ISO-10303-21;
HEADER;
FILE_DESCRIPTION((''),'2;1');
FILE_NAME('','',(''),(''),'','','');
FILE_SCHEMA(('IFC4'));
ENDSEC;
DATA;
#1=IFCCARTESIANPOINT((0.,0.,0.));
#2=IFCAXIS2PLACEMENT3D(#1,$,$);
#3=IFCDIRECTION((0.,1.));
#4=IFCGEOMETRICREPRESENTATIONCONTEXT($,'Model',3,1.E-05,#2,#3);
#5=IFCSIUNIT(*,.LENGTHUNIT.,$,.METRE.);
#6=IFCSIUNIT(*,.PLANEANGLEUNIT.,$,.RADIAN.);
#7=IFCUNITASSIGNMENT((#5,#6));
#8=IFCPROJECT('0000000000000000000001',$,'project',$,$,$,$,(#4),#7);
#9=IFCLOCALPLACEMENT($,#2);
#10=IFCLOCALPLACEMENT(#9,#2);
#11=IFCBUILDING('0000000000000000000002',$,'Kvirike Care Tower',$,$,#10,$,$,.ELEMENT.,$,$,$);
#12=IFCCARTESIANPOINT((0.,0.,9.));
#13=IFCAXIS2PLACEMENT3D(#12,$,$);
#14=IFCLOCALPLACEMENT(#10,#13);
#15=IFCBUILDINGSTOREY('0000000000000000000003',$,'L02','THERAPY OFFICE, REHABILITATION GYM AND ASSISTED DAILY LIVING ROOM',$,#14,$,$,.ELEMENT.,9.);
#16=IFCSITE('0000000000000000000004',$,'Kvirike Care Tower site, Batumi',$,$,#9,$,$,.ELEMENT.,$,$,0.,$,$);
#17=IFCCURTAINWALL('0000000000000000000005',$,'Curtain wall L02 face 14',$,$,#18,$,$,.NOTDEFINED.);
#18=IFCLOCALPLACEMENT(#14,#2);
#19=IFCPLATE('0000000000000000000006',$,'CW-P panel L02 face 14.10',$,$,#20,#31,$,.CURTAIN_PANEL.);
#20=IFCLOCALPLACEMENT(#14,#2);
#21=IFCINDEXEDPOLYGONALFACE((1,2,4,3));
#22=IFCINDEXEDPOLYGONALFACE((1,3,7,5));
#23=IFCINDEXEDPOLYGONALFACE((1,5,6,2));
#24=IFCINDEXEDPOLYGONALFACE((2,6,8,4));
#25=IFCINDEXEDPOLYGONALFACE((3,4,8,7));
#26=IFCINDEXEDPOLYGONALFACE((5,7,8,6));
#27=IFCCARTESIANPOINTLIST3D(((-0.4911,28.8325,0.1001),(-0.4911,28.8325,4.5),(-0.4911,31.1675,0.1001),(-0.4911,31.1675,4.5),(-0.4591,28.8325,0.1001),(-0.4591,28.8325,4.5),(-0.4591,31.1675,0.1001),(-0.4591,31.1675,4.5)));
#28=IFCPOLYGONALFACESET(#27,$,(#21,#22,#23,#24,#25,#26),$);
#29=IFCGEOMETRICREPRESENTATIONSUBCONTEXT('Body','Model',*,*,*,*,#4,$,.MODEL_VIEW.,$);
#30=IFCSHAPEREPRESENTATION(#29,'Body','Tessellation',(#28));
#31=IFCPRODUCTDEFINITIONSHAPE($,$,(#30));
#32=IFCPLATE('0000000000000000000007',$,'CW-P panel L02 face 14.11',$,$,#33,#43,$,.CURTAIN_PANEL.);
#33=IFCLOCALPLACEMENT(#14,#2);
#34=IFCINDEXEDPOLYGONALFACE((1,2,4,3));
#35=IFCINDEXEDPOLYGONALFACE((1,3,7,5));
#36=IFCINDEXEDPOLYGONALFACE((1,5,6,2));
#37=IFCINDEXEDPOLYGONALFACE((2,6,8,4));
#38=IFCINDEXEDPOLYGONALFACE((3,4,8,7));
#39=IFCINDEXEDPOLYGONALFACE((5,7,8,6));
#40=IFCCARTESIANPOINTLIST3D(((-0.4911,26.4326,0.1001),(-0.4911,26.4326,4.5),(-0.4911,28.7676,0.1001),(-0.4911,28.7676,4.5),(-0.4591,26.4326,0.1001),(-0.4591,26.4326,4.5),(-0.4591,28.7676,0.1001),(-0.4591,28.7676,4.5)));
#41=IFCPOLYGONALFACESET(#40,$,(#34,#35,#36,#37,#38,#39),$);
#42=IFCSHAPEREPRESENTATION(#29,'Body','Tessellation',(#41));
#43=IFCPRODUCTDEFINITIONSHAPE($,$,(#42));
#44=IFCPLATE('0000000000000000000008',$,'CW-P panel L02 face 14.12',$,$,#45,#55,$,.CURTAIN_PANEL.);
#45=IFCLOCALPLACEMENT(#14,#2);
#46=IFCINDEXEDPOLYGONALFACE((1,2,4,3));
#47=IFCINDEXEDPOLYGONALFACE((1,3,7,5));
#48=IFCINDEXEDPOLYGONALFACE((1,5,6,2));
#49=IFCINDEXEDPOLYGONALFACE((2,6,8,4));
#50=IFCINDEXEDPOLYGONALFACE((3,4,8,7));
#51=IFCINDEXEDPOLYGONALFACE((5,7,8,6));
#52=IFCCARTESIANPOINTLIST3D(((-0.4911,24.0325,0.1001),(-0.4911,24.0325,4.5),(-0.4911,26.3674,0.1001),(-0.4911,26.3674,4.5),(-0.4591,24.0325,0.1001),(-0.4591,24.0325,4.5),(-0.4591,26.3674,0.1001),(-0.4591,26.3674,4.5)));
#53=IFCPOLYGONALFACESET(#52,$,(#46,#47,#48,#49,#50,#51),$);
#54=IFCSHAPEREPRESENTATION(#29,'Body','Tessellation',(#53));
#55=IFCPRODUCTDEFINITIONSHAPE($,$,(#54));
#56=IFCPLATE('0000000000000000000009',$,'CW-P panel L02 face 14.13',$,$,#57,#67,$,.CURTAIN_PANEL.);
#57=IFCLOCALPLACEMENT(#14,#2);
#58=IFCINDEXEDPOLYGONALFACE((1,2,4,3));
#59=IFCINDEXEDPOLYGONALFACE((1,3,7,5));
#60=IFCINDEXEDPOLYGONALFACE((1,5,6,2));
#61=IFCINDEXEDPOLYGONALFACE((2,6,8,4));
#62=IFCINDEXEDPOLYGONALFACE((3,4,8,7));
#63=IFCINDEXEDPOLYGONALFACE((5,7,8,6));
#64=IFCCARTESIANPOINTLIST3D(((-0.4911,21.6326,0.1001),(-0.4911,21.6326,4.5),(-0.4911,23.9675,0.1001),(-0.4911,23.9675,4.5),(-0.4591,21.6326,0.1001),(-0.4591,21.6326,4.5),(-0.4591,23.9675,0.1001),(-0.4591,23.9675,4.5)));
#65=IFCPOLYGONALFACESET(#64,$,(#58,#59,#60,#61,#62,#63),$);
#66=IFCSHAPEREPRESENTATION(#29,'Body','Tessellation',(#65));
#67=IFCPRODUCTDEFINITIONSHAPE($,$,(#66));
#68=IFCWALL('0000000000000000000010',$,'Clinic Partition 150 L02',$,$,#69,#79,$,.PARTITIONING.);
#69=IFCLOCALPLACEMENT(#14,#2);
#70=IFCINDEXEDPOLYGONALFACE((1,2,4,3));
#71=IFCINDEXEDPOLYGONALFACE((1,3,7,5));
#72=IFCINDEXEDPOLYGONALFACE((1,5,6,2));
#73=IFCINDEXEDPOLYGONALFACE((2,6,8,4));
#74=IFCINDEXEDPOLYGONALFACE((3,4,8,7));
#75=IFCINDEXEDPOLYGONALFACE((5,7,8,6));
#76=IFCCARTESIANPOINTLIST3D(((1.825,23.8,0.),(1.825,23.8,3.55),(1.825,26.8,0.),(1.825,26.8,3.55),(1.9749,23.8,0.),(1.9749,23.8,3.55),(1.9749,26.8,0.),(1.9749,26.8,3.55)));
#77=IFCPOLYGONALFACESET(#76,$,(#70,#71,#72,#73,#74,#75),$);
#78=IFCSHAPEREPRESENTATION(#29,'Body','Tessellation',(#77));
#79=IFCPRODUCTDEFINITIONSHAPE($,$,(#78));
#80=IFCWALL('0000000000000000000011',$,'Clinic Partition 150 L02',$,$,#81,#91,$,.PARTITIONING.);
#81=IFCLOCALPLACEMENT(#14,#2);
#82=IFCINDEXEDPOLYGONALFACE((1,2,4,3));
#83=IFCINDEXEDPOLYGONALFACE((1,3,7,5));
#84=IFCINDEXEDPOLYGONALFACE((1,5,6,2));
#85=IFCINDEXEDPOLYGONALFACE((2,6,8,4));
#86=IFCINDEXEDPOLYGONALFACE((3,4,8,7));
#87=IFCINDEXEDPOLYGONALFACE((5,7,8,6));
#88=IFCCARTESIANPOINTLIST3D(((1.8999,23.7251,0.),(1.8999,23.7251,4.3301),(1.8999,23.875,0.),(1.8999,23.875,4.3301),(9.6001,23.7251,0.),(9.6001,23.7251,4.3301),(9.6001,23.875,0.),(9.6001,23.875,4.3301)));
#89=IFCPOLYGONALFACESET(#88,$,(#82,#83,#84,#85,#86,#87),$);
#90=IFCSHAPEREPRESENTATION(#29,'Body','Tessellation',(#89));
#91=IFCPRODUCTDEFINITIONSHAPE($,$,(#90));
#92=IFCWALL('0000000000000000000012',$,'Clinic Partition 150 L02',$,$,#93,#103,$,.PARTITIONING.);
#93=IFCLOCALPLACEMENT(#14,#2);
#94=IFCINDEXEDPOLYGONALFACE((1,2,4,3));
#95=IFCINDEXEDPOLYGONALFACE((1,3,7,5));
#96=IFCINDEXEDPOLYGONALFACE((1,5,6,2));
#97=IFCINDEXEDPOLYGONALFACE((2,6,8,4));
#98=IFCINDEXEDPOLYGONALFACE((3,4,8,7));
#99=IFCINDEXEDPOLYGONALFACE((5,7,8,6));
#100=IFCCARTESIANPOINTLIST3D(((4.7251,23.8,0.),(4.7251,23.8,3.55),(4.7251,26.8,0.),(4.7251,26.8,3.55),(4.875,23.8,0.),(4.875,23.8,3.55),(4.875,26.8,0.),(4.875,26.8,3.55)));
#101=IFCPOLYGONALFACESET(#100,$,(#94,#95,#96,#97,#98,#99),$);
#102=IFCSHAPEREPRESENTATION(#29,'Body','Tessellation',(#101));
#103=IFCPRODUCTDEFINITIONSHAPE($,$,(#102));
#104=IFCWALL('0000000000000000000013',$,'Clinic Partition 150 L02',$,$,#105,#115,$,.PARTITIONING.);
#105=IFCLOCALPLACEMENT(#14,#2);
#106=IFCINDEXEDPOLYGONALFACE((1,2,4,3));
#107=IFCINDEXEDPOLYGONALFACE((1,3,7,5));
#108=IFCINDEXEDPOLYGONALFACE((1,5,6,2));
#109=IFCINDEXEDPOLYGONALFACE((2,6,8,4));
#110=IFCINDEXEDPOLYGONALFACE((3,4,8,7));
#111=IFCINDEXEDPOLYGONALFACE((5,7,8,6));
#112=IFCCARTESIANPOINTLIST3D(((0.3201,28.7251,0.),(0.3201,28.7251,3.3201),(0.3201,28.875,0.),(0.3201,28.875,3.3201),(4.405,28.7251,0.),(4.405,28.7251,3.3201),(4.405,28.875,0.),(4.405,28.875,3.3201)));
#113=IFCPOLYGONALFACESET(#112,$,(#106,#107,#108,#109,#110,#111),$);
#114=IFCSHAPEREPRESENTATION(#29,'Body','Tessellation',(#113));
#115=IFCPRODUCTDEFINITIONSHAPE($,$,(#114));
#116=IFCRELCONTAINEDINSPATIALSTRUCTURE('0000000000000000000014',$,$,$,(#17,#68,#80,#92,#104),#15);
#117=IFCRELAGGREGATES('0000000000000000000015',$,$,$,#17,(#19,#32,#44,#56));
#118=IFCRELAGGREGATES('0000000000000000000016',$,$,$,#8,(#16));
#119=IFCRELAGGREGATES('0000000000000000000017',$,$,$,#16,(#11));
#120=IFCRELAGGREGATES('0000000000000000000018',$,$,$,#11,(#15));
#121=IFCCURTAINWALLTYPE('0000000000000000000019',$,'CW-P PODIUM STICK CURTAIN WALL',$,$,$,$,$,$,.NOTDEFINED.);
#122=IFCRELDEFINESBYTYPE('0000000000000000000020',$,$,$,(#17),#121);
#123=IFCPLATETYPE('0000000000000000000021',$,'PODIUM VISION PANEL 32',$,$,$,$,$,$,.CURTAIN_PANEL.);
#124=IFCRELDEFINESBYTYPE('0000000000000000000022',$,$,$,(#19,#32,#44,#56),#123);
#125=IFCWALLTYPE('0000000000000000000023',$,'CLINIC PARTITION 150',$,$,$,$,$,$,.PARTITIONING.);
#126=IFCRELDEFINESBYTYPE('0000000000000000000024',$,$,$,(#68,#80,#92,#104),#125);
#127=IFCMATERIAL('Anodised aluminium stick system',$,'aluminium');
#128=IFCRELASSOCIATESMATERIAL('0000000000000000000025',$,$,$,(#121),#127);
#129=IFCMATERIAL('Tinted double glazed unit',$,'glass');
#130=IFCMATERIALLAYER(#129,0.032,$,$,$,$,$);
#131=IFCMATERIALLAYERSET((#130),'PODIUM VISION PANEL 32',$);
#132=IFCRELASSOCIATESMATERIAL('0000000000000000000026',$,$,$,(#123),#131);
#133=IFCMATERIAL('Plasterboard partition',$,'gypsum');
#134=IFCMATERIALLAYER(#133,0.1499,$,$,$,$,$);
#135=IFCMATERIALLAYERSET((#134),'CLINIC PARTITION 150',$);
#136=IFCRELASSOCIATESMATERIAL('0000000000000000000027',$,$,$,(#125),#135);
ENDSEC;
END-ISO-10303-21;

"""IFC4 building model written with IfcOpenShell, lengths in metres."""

from ifc_helpers import new_model, si_unit, direction, frame, frame_2d, origin, origin_2d, place, context, subcontext, project, spatial, rectangle, extrude, material, layer, layer_set, type_object, element, aggregate, save


model = new_model("IFC4")

# Units and contexts
model_context = context("Model", 3, precision=1e-05, world=origin(), true_north=direction((0.0, 1.0)))
body_context = subcontext(model_context, "Body", "Model", "MODEL_VIEW")
ifc_project = project(units=[si_unit("LENGTHUNIT", "METRE"), si_unit("PLANEANGLEUNIT", "RADIAN")], contexts=[model_context])

# Site, building, storey
site_placement = place(None, origin())
site = spatial("IfcSite", under=ifc_project, at=site_placement, Name="Kvirike Care Tower site, Batumi", CompositionType="ELEMENT", RefElevation=0.0)
building_placement = place(site_placement, origin())
building = spatial("IfcBuilding", under=site, at=building_placement, Name="Kvirike Care Tower", CompositionType="ELEMENT")
storey_placement = place(building_placement, frame((0.0, 0.0, 9.0)))
storey = spatial("IfcBuildingStorey", under=building, at=storey_placement, Name="L02", Description="THERAPY OFFICE, REHABILITATION GYM AND ASSISTED DAILY LIVING ROOM", CompositionType="ELEMENT", Elevation=9.0)

# Curtain wall
ifc_material_1 = material(Name="Anodised aluminium stick system", Category="aluminium")
curtain_wall_type = type_object("IfcCurtainWallType", Name="CW-P PODIUM STICK CURTAIN WALL", PredefinedType="NOTDEFINED", material=ifc_material_1)
curtain_wall_placement = place(storey_placement, origin())
curtain_wall = element("IfcCurtainWall", 1, at=curtain_wall_placement, inside=storey, type_object=curtain_wall_type, Name="Curtain wall L02 face 14", PredefinedType="NOTDEFINED")

# Plates
ifc_material_2 = material(Name="Tinted double glazed unit", Category="glass")
ifc_layer_1 = layer(ifc_material_2, 0.032)
ifc_layer_set_1 = layer_set([ifc_layer_1], Name="PODIUM VISION PANEL 32")
plate_type = type_object("IfcPlateType", Name="PODIUM VISION PANEL 32", PredefinedType="CURTAIN_PANEL", material=ifc_layer_set_1)
plate_1_placement = place(storey_placement, frame((-0.4751, 30.0, 0.1001), z_axis=(0.0, 0.0, 1.0), x_axis=(0.0, -1.0, 0.0)))
plate_1 = element("IfcPlate", 2, at=plate_1_placement, type_object=plate_type, Name="CW-P panel L02 face 14.10", PredefinedType="CURTAIN_PANEL", context=body_context, shape_type="SweptSolid", body=[
    extrude(rectangle(XDim=2.335, YDim=0.032, at=origin_2d()), origin(), (0.0, 0.0, 1.0), 4.3999),
])
plate_2_placement = place(storey_placement, frame((-0.4751, 27.6001, 0.1001), z_axis=(0.0, 0.0, 1.0), x_axis=(0.0, -1.0, 0.0)))
plate_2 = element("IfcPlate", 3, at=plate_2_placement, type_object=plate_type, Name="CW-P panel L02 face 14.11", PredefinedType="CURTAIN_PANEL", context=body_context, shape_type="SweptSolid", body=[
    extrude(rectangle(XDim=2.335, YDim=0.032, at=origin_2d()), origin(), (0.0, 0.0, 1.0), 4.3999),
])
plate_3_placement = place(storey_placement, frame((-0.4751, 25.2, 0.1001), z_axis=(0.0, 0.0, 1.0), x_axis=(0.0, -1.0, 0.0)))
plate_3 = element("IfcPlate", 4, at=plate_3_placement, type_object=plate_type, Name="CW-P panel L02 face 14.12", PredefinedType="CURTAIN_PANEL", context=body_context, shape_type="SweptSolid", body=[
    extrude(rectangle(XDim=2.335, YDim=0.032, at=origin_2d()), origin(), (0.0, 0.0, 1.0), 4.3999),
])
plate_4_placement = place(storey_placement, frame((-0.4751, 22.8, 0.1001), z_axis=(0.0, 0.0, 1.0), x_axis=(0.0, -1.0, 0.0)))
plate_4 = element("IfcPlate", 5, at=plate_4_placement, type_object=plate_type, Name="CW-P panel L02 face 14.13", PredefinedType="CURTAIN_PANEL", context=body_context, shape_type="SweptSolid", body=[
    extrude(rectangle(XDim=2.335, YDim=0.032, at=origin_2d()), origin(), (0.0, 0.0, 1.0), 4.3999),
])
aggregate(curtain_wall, [plate_1, plate_2, plate_3, plate_4])

# Walls
ifc_material_3 = material(Name="Plasterboard partition", Category="gypsum")
ifc_layer_2 = layer(ifc_material_3, 0.1499)
ifc_layer_set_2 = layer_set([ifc_layer_2], Name="CLINIC PARTITION 150")
wall_type_1 = type_object("IfcWallType", Name="CLINIC PARTITION 150", PredefinedType="PARTITIONING", material=ifc_layer_set_2)
wall_1_placement = place(storey_placement, frame((1.8999, 23.8, 0.0), z_axis=(0.0, 0.0, 1.0), x_axis=(0.0, 1.0, 0.0)))
element("IfcWall", 6, at=wall_1_placement, inside=storey, type_object=wall_type_1, Name="Clinic Partition 150 L02", PredefinedType="PARTITIONING", context=body_context, shape_type="SweptSolid", body=[
    extrude(rectangle(XDim=3.0, YDim=0.1499, at=frame_2d((1.5, 0.0))), origin(), (0.0, 0.0, 1.0), 3.55),
])
wall_2_placement = place(storey_placement, frame((1.8999, 23.8, 0.0), z_axis=(0.0, 0.0, 1.0), x_axis=(1.0, 0.0, 0.0)))
element("IfcWall", 7, at=wall_2_placement, inside=storey, type_object=wall_type_1, Name="Clinic Partition 150 L02", PredefinedType="PARTITIONING", context=body_context, shape_type="SweptSolid", body=[
    extrude(rectangle(XDim=7.7002, YDim=0.1499, at=frame_2d((3.8501, 0.0))), origin(), (0.0, 0.0, 1.0), 4.3301),
])
wall_3_placement = place(storey_placement, frame((4.8, 23.8, 0.0), z_axis=(0.0, 0.0, 1.0), x_axis=(0.0, 1.0, 0.0)))
element("IfcWall", 8, at=wall_3_placement, inside=storey, type_object=wall_type_1, Name="Clinic Partition 150 L02", PredefinedType="PARTITIONING", context=body_context, shape_type="SweptSolid", body=[
    extrude(rectangle(XDim=3.0, YDim=0.1499, at=frame_2d((1.5, 0.0))), origin(), (0.0, 0.0, 1.0), 3.55),
])
wall_4_placement = place(storey_placement, frame((4.405, 28.8, 0.0), z_axis=(0.0, 0.0, 1.0), x_axis=(-1.0, 0.0, 0.0)))
element("IfcWall", 9, at=wall_4_placement, inside=storey, type_object=wall_type_1, Name="Clinic Partition 150 L02", PredefinedType="PARTITIONING", context=body_context, shape_type="SweptSolid", body=[
    extrude(rectangle(XDim=4.085, YDim=0.1499, at=frame_2d((2.0425, 0.0))), origin(), (0.0, 0.0, 1.0), 3.3201),
])

save(model, "model.ifc")
